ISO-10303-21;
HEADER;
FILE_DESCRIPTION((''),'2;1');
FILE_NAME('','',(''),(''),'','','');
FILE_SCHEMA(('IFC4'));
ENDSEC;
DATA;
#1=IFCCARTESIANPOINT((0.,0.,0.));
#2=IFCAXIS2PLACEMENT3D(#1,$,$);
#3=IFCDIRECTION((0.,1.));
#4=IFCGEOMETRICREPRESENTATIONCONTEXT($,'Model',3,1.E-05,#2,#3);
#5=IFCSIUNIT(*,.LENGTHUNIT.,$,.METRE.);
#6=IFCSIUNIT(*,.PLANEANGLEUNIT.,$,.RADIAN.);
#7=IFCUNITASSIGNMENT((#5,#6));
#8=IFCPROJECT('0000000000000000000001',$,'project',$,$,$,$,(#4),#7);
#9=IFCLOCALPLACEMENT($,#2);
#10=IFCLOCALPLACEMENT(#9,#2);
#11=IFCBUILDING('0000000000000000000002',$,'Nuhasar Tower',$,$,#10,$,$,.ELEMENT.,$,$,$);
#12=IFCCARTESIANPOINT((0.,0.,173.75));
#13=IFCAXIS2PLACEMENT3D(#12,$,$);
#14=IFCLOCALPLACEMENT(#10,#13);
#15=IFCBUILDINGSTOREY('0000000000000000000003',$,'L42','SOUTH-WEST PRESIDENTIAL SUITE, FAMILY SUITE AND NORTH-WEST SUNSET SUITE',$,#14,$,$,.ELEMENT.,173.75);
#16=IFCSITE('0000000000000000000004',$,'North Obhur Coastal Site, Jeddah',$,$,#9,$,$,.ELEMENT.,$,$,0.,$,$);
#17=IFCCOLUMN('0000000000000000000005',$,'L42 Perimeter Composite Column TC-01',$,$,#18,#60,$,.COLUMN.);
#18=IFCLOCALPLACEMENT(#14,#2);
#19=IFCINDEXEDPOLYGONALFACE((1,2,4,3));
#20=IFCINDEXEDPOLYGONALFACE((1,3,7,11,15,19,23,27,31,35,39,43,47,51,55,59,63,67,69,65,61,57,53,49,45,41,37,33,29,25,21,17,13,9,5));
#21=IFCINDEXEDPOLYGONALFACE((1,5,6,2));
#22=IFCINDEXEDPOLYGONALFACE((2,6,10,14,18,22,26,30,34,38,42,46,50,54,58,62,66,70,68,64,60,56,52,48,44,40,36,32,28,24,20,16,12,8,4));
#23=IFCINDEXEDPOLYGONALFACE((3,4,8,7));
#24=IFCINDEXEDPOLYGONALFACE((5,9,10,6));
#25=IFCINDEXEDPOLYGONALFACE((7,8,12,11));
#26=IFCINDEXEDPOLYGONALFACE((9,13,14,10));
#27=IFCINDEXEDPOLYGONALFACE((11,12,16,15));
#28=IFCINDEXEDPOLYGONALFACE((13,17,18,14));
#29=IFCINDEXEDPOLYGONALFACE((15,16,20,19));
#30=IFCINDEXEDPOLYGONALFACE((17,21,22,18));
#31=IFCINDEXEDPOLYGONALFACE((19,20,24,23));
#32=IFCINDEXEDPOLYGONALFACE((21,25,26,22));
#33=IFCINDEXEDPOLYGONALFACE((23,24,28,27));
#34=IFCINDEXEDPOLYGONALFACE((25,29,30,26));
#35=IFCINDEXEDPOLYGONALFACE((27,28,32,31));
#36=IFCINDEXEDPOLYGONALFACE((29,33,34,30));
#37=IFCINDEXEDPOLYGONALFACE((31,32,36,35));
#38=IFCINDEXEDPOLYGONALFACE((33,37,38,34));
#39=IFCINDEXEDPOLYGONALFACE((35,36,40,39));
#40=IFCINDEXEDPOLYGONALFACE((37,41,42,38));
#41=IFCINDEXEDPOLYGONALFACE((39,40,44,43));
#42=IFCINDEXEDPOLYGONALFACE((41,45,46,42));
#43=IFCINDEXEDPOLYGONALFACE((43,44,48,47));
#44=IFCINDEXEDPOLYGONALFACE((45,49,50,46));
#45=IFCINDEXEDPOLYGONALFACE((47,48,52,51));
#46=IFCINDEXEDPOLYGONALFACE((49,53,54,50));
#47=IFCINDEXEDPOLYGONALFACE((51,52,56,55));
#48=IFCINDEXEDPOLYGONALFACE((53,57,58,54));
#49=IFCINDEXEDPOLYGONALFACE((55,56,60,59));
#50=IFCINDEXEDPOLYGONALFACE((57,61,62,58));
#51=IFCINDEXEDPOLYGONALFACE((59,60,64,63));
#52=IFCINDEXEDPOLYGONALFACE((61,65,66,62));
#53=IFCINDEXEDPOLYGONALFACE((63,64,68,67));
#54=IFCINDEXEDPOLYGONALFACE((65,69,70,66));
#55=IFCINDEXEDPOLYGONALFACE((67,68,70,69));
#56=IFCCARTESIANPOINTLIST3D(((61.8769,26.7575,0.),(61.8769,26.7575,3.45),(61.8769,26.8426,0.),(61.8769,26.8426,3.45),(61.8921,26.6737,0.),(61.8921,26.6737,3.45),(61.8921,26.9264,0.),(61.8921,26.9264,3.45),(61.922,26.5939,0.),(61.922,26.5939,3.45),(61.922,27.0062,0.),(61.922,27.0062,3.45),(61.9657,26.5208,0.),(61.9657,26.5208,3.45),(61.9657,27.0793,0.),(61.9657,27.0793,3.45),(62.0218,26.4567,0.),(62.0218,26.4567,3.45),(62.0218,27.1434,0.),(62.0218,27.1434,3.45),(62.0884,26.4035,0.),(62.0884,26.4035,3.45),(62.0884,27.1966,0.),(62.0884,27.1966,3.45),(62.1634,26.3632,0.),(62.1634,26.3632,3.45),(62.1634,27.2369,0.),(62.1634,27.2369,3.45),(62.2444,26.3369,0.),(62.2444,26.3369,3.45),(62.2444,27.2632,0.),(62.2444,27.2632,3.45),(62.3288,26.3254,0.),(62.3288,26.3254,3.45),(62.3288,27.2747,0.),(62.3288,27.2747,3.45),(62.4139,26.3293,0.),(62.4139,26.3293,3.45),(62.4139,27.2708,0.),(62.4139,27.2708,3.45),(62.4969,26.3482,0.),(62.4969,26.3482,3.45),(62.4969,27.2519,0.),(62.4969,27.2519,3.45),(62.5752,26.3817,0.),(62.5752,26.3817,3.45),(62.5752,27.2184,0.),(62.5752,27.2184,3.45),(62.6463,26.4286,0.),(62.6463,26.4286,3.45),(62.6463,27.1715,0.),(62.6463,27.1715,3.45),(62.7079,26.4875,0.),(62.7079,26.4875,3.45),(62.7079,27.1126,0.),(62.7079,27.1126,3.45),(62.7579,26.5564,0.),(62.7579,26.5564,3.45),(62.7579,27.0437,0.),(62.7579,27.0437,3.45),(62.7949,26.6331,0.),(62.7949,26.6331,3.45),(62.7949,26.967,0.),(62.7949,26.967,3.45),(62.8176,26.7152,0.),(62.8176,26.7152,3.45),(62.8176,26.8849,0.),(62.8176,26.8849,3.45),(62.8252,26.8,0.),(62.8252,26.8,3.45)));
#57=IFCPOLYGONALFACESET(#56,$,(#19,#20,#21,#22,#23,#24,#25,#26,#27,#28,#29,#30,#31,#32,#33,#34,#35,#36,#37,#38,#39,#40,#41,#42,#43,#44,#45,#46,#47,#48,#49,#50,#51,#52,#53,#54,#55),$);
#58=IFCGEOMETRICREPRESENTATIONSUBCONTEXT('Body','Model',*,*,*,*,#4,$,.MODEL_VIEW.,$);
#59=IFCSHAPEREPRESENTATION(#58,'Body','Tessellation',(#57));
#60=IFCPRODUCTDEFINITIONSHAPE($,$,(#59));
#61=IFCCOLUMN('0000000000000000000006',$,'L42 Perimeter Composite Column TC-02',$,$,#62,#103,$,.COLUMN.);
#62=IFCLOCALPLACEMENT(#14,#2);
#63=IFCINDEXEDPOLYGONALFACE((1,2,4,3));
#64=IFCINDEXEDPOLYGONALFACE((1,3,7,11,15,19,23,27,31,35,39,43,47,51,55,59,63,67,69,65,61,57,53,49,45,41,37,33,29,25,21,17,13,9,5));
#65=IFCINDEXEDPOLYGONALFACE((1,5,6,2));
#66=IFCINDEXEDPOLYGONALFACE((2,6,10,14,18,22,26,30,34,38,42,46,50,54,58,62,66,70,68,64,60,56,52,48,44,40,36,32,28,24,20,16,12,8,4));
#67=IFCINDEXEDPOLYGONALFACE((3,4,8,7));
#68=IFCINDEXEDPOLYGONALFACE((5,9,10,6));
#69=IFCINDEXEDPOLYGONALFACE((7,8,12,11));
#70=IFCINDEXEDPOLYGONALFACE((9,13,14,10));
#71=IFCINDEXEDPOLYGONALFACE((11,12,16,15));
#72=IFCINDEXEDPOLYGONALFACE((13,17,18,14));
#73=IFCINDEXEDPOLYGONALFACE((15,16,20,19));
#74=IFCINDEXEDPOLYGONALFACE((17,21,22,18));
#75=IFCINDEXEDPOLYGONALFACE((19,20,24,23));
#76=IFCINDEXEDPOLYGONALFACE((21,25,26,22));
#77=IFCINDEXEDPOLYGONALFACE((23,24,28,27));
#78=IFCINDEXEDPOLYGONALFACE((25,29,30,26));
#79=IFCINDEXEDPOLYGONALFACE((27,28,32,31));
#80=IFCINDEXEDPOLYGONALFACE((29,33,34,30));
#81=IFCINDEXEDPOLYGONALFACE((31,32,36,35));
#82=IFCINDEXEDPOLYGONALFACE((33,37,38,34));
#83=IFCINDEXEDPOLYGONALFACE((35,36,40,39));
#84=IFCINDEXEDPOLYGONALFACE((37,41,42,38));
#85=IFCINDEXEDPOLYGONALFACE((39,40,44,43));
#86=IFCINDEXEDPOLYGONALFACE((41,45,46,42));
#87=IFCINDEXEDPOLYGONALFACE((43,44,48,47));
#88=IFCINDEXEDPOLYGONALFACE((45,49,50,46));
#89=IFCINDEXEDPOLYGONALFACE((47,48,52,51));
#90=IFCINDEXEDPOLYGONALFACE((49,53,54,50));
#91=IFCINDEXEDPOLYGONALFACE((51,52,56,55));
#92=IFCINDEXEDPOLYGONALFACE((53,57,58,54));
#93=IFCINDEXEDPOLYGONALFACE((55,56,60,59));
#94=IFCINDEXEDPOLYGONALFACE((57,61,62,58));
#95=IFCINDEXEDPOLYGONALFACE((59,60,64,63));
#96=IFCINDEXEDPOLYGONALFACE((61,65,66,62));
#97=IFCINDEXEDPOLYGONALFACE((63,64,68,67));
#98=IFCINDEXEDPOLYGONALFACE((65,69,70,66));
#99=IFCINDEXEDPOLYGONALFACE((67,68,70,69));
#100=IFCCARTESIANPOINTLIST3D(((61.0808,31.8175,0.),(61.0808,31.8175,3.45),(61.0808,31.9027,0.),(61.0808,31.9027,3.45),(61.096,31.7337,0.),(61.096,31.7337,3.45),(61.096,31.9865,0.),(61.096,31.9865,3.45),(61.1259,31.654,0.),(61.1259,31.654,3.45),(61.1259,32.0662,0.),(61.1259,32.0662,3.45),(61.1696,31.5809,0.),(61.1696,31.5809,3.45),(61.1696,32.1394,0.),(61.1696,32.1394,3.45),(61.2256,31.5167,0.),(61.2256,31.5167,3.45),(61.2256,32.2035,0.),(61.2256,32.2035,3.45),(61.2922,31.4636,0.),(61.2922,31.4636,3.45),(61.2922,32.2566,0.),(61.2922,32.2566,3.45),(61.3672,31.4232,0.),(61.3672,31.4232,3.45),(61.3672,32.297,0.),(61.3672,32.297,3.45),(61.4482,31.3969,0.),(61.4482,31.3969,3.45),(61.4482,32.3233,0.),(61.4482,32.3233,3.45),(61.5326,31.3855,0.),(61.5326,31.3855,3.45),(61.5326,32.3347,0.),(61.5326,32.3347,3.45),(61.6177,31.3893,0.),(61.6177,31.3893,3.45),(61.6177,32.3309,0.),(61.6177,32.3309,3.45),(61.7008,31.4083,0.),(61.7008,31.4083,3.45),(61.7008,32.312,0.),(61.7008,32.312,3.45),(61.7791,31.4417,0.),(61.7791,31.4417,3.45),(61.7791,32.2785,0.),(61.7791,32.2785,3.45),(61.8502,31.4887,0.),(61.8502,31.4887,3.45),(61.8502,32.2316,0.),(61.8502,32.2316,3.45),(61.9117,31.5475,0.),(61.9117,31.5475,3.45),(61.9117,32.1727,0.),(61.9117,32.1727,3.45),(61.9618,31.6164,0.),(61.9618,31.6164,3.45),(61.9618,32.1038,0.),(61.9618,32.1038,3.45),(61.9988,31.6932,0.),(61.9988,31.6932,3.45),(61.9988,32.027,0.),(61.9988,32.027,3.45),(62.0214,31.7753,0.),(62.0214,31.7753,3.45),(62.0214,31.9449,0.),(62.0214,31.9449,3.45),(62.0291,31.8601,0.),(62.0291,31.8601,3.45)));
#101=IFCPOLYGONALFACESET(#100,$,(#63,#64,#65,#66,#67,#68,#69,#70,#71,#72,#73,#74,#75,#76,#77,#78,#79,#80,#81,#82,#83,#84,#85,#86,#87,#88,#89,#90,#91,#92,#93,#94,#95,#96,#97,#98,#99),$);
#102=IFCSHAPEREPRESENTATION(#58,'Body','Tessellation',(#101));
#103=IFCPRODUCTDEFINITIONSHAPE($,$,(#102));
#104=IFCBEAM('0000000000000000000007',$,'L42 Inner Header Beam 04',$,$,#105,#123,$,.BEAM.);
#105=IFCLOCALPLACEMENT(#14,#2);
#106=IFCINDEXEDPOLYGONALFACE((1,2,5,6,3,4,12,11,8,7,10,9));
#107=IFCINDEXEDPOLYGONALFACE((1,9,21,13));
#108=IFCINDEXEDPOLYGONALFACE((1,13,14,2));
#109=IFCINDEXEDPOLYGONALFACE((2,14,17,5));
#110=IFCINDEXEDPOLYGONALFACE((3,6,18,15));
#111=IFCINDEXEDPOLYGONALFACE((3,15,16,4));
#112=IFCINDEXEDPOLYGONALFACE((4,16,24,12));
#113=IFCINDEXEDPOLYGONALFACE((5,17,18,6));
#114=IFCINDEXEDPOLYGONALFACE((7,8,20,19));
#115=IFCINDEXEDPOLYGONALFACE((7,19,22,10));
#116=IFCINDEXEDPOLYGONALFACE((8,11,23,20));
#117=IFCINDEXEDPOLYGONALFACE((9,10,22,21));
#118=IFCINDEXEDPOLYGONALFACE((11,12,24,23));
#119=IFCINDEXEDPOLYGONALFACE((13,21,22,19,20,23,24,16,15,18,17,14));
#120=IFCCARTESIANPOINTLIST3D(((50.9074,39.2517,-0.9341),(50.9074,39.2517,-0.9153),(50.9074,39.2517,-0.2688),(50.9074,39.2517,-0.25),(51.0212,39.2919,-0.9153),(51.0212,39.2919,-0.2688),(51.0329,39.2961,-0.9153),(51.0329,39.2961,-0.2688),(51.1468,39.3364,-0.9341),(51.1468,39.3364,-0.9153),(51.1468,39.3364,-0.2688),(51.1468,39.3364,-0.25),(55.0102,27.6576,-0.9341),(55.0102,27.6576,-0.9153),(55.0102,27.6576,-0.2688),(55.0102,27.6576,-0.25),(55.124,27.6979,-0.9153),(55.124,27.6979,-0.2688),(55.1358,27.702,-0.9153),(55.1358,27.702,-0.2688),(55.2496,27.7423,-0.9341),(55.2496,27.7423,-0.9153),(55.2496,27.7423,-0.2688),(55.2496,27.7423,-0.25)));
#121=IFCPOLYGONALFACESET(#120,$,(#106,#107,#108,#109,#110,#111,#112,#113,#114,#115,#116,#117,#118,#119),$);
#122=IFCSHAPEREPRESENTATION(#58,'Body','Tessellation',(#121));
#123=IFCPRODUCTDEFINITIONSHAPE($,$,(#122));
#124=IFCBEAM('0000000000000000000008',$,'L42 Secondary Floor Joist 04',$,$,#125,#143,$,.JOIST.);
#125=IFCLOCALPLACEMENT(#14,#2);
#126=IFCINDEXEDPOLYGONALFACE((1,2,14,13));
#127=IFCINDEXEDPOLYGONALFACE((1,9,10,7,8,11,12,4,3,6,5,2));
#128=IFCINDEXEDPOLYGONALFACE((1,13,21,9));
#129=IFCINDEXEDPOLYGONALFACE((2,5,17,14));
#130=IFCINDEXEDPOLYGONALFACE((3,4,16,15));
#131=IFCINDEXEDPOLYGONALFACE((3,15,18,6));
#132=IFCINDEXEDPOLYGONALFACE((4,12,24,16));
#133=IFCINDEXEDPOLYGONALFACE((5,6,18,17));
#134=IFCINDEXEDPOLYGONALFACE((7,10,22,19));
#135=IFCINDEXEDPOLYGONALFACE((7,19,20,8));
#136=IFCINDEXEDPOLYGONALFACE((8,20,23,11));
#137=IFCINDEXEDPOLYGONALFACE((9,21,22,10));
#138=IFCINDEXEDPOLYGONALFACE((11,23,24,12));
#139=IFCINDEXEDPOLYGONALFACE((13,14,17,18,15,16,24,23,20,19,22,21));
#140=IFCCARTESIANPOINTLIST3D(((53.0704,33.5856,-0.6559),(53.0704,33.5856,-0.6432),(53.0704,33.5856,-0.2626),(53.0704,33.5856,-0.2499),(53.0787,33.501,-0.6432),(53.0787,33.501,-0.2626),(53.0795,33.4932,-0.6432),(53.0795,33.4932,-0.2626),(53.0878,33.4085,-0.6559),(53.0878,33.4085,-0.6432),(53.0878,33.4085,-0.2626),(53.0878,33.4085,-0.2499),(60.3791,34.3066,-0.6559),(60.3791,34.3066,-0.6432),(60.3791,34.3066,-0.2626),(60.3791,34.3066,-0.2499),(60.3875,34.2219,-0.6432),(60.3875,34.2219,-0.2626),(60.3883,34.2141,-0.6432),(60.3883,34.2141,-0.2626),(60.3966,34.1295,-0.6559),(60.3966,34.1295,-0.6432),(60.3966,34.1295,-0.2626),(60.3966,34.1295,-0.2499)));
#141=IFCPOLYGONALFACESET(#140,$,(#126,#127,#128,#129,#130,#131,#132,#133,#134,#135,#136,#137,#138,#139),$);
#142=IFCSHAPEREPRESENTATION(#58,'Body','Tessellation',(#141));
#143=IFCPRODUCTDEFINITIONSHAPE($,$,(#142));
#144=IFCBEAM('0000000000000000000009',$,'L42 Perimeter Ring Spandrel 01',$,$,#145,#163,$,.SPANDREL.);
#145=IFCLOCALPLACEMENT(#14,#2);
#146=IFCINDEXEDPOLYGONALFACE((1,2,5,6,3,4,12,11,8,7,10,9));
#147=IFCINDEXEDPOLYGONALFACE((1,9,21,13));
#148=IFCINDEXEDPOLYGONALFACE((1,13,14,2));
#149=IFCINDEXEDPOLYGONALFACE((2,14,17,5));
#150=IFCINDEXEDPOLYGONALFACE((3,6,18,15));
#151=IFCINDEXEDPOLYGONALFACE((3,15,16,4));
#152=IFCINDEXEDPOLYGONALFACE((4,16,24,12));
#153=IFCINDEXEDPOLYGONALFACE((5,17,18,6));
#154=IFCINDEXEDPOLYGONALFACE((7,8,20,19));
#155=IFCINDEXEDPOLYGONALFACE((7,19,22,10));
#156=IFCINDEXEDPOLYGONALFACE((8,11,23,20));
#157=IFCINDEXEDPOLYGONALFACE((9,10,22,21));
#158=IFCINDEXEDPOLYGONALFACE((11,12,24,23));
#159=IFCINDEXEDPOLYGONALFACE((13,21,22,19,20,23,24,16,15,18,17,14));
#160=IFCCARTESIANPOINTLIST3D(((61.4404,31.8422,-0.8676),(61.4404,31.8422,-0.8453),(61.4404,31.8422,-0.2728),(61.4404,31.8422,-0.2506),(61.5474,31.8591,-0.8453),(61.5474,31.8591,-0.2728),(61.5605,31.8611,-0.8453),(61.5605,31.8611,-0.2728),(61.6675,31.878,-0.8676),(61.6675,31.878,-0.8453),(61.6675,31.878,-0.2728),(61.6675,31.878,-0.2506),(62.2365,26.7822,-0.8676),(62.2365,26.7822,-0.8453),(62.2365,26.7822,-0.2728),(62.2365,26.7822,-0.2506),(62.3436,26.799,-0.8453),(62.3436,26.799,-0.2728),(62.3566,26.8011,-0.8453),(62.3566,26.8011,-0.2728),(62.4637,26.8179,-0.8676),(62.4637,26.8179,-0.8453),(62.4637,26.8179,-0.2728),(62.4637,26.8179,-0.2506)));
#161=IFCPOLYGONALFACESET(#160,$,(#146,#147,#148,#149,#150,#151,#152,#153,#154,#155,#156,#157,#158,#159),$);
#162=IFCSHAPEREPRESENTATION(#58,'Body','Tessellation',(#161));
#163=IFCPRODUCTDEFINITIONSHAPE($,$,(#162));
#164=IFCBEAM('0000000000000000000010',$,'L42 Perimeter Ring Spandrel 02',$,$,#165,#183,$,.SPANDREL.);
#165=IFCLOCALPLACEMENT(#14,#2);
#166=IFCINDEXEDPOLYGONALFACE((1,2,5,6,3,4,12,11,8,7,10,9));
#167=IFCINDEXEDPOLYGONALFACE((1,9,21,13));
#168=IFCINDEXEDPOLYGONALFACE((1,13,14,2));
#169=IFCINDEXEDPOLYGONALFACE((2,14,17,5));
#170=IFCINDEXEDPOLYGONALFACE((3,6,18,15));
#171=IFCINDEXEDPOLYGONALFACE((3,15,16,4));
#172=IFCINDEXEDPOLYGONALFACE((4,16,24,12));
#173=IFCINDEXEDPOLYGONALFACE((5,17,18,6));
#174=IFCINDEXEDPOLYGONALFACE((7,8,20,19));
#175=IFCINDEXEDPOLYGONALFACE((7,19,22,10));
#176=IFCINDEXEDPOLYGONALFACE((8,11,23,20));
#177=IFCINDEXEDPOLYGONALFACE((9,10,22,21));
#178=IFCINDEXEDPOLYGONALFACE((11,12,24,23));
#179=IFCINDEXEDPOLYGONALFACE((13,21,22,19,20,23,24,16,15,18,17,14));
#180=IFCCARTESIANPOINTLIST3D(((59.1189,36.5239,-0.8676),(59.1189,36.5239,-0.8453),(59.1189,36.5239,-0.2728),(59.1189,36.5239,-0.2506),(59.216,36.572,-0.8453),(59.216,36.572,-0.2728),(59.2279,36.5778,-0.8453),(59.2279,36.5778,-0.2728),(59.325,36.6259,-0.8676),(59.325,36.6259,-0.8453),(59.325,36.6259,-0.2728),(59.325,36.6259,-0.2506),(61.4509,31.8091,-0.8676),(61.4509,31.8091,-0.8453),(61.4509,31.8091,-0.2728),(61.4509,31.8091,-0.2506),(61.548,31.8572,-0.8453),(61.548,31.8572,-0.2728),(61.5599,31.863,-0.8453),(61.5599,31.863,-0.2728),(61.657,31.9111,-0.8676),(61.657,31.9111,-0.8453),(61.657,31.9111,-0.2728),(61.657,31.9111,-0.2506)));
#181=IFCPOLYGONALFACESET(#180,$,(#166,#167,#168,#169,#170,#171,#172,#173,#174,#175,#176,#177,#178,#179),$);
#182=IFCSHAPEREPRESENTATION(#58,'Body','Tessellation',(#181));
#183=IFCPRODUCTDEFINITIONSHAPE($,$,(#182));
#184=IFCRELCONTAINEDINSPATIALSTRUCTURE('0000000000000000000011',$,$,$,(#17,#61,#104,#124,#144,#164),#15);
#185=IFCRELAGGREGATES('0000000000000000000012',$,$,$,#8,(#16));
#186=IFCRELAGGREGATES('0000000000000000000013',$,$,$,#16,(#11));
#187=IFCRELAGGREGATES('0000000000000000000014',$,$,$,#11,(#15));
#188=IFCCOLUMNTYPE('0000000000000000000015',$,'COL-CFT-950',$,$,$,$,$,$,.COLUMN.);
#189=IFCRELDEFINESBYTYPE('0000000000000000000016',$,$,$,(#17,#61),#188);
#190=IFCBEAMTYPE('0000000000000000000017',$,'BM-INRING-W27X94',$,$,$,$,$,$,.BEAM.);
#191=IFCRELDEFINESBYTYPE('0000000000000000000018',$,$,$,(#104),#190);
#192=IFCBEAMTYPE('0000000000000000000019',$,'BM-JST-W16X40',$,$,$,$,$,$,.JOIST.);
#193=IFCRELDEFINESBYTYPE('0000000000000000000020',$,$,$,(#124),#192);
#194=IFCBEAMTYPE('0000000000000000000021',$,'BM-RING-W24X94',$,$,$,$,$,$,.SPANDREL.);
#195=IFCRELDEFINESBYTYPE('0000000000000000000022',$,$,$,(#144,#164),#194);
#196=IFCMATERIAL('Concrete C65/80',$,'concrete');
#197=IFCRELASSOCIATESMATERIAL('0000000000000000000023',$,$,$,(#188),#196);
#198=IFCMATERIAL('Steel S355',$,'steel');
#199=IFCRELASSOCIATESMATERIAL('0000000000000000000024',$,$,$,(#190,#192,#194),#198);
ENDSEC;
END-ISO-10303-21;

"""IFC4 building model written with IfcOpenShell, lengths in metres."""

from ifc_helpers import new_model, si_unit, direction, frame, origin, origin_2d, place, context, subcontext, project, spatial, circle, i_section, extrude, material, material_profile, profile_set, type_object, element, save


model = new_model("IFC4")

# Units and contexts
model_context = context("Model", 3, precision=1e-05, world=origin(), true_north=direction((0.0, 1.0)))
body_context = subcontext(model_context, "Body", "Model", "MODEL_VIEW")
ifc_project = project(units=[si_unit("LENGTHUNIT", "METRE"), si_unit("PLANEANGLEUNIT", "RADIAN")], contexts=[model_context])

# Site, building, storey
site_placement = place(None, origin())
site = spatial("IfcSite", under=ifc_project, at=site_placement, Name="North Obhur Coastal Site, Jeddah", CompositionType="ELEMENT", RefElevation=0.0)
building_placement = place(site_placement, origin())
building = spatial("IfcBuilding", under=site, at=building_placement, Name="Nuhasar Tower", CompositionType="ELEMENT")
storey_placement = place(building_placement, frame((0.0, 0.0, 173.75)))
storey = spatial("IfcBuildingStorey", under=building, at=storey_placement, Name="L42", Description="SOUTH-WEST PRESIDENTIAL SUITE, FAMILY SUITE AND NORTH-WEST SUNSET SUITE", CompositionType="ELEMENT", Elevation=173.75)

# Columns
ifc_material_1 = material(Name="Concrete C65/80", Category="concrete")
ifc_material_profile_1 = material_profile(ifc_material_1, circle(Radius=0.4751, at=origin_2d()), Name="CFT950")
ifc_profile_set_1 = profile_set([ifc_material_profile_1], Name="Concrete C65/80")
column_type = type_object("IfcColumnType", Name="COL-CFT-950", PredefinedType="COLUMN", material=ifc_profile_set_1)
for number, where, z_axis, x_axis, name in (
    (1, (62.3501, 26.8, 0.0), (0.0, 0.0, 1.0), (1.0, 0.0, 0.0), "L42 Perimeter Composite Column TC-01"),
    (2, (61.554, 31.8601, 0.0), (0.0, 0.0, 1.0), (1.0, 0.0, 0.0), "L42 Perimeter Composite Column TC-02"),
):
    element("IfcColumn", number, at=place(storey_placement, frame(where, z_axis=z_axis, x_axis=x_axis)), inside=storey, type_object=column_type, Name=name, PredefinedType="COLUMN", context=body_context, shape_type="SweptSolid", body=[
        extrude(circle(Radius=0.4751, at=origin_2d()), origin(), (0.0, 0.0, 1.0), 3.45),
    ])

# Beams
ifc_material_2 = material(Name="Steel S355", Category="steel")
ifc_material_profile_2 = material_profile(ifc_material_2, i_section(OverallWidth=0.2539, OverallDepth=0.6841, WebThickness=0.0125, FlangeThickness=0.0188, at=origin_2d()), Name="W27X94")
ifc_profile_set_2 = profile_set([ifc_material_profile_2], Name="Steel S355")
beam_type_1 = type_object("IfcBeamType", Name="BM-INRING-W27X94", PredefinedType="BEAM", material=ifc_profile_set_2)
beam_1_placement = place(storey_placement, frame((55.1299, 27.7, -0.592), z_axis=(-0.3336, 0.942715, 0.0), x_axis=(-0.942715, -0.3336, 0.0)))
element("IfcBeam", 3, at=beam_1_placement, inside=storey, type_object=beam_type_1, Name="L42 Inner Header Beam 04", PredefinedType="BEAM", context=body_context, shape_type="SweptSolid", body=[
    extrude(i_section(OverallWidth=0.2539, OverallDepth=0.6841, WebThickness=0.0125, FlangeThickness=0.0188, at=origin_2d()), origin(), (0.0, 0.0, 1.0), 12.2986),
])
ifc_material_profile_3 = material_profile(ifc_material_2, i_section(OverallWidth=0.178, OverallDepth=0.406, WebThickness=0.0078, FlangeThickness=0.0127, at=origin_2d()), Name="W16X40")
ifc_profile_set_3 = profile_set([ifc_material_profile_3], Name="Steel S355")
beam_type_2 = type_object("IfcBeamType", Name="BM-JST-W16X40", PredefinedType="JOIST", material=ifc_profile_set_3)
beam_2_placement = place(storey_placement, frame((53.0791, 33.4971, -0.4529), z_axis=(0.99517, 0.098164, 0.0), x_axis=(-0.098164, 0.99517, 0.0)))
element("IfcBeam", 4, at=beam_2_placement, inside=storey, type_object=beam_type_2, Name="L42 Secondary Floor Joist 04", PredefinedType="JOIST", context=body_context, shape_type="SweptSolid", body=[
    extrude(i_section(OverallWidth=0.178, OverallDepth=0.406, WebThickness=0.0078, FlangeThickness=0.0127, at=origin_2d()), origin(), (0.0, 0.0, 1.0), 7.3442),
])
ifc_material_profile_4 = material_profile(ifc_material_2, i_section(OverallWidth=0.23, OverallDepth=0.6169, WebThickness=0.0132, FlangeThickness=0.0222, at=origin_2d()), Name="W24X94")
ifc_profile_set_4 = profile_set([ifc_material_profile_4], Name="Steel S355")
beam_type_3 = type_object("IfcBeamType", Name="BM-RING-W24X94", PredefinedType="SPANDREL", material=ifc_profile_set_4)
beam_3_placement = place(storey_placement, frame((62.3501, 26.8, -0.5591), z_axis=(-0.155427, 0.987847, 0.0), x_axis=(-0.987847, -0.155427, 0.0)))
element("IfcBeam", 5, at=beam_3_placement, inside=storey, type_object=beam_type_3, Name="L42 Perimeter Ring Spandrel 01", PredefinedType="SPANDREL", context=body_context, shape_type="SweptSolid", body=[
    extrude(i_section(OverallWidth=0.23, OverallDepth=0.6169, WebThickness=0.0132, FlangeThickness=0.0222, at=origin_2d()), origin(), (0.0, 0.0, 1.0), 5.1223),
])
beam_4_placement = place(storey_placement, frame((61.554, 31.8601, -0.5591), z_axis=(-0.443348, 0.89635, 0.0), x_axis=(-0.89635, -0.443348, 0.0)))
element("IfcBeam", 6, at=beam_4_placement, inside=storey, type_object=beam_type_3, Name="L42 Perimeter Ring Spandrel 02", PredefinedType="SPANDREL", context=body_context, shape_type="SweptSolid", body=[
    extrude(i_section(OverallWidth=0.23, OverallDepth=0.6169, WebThickness=0.0132, FlangeThickness=0.0222, at=origin_2d()), origin(), (0.0, 0.0, 1.0), 5.26),
])

save(model, "model.ifc")
